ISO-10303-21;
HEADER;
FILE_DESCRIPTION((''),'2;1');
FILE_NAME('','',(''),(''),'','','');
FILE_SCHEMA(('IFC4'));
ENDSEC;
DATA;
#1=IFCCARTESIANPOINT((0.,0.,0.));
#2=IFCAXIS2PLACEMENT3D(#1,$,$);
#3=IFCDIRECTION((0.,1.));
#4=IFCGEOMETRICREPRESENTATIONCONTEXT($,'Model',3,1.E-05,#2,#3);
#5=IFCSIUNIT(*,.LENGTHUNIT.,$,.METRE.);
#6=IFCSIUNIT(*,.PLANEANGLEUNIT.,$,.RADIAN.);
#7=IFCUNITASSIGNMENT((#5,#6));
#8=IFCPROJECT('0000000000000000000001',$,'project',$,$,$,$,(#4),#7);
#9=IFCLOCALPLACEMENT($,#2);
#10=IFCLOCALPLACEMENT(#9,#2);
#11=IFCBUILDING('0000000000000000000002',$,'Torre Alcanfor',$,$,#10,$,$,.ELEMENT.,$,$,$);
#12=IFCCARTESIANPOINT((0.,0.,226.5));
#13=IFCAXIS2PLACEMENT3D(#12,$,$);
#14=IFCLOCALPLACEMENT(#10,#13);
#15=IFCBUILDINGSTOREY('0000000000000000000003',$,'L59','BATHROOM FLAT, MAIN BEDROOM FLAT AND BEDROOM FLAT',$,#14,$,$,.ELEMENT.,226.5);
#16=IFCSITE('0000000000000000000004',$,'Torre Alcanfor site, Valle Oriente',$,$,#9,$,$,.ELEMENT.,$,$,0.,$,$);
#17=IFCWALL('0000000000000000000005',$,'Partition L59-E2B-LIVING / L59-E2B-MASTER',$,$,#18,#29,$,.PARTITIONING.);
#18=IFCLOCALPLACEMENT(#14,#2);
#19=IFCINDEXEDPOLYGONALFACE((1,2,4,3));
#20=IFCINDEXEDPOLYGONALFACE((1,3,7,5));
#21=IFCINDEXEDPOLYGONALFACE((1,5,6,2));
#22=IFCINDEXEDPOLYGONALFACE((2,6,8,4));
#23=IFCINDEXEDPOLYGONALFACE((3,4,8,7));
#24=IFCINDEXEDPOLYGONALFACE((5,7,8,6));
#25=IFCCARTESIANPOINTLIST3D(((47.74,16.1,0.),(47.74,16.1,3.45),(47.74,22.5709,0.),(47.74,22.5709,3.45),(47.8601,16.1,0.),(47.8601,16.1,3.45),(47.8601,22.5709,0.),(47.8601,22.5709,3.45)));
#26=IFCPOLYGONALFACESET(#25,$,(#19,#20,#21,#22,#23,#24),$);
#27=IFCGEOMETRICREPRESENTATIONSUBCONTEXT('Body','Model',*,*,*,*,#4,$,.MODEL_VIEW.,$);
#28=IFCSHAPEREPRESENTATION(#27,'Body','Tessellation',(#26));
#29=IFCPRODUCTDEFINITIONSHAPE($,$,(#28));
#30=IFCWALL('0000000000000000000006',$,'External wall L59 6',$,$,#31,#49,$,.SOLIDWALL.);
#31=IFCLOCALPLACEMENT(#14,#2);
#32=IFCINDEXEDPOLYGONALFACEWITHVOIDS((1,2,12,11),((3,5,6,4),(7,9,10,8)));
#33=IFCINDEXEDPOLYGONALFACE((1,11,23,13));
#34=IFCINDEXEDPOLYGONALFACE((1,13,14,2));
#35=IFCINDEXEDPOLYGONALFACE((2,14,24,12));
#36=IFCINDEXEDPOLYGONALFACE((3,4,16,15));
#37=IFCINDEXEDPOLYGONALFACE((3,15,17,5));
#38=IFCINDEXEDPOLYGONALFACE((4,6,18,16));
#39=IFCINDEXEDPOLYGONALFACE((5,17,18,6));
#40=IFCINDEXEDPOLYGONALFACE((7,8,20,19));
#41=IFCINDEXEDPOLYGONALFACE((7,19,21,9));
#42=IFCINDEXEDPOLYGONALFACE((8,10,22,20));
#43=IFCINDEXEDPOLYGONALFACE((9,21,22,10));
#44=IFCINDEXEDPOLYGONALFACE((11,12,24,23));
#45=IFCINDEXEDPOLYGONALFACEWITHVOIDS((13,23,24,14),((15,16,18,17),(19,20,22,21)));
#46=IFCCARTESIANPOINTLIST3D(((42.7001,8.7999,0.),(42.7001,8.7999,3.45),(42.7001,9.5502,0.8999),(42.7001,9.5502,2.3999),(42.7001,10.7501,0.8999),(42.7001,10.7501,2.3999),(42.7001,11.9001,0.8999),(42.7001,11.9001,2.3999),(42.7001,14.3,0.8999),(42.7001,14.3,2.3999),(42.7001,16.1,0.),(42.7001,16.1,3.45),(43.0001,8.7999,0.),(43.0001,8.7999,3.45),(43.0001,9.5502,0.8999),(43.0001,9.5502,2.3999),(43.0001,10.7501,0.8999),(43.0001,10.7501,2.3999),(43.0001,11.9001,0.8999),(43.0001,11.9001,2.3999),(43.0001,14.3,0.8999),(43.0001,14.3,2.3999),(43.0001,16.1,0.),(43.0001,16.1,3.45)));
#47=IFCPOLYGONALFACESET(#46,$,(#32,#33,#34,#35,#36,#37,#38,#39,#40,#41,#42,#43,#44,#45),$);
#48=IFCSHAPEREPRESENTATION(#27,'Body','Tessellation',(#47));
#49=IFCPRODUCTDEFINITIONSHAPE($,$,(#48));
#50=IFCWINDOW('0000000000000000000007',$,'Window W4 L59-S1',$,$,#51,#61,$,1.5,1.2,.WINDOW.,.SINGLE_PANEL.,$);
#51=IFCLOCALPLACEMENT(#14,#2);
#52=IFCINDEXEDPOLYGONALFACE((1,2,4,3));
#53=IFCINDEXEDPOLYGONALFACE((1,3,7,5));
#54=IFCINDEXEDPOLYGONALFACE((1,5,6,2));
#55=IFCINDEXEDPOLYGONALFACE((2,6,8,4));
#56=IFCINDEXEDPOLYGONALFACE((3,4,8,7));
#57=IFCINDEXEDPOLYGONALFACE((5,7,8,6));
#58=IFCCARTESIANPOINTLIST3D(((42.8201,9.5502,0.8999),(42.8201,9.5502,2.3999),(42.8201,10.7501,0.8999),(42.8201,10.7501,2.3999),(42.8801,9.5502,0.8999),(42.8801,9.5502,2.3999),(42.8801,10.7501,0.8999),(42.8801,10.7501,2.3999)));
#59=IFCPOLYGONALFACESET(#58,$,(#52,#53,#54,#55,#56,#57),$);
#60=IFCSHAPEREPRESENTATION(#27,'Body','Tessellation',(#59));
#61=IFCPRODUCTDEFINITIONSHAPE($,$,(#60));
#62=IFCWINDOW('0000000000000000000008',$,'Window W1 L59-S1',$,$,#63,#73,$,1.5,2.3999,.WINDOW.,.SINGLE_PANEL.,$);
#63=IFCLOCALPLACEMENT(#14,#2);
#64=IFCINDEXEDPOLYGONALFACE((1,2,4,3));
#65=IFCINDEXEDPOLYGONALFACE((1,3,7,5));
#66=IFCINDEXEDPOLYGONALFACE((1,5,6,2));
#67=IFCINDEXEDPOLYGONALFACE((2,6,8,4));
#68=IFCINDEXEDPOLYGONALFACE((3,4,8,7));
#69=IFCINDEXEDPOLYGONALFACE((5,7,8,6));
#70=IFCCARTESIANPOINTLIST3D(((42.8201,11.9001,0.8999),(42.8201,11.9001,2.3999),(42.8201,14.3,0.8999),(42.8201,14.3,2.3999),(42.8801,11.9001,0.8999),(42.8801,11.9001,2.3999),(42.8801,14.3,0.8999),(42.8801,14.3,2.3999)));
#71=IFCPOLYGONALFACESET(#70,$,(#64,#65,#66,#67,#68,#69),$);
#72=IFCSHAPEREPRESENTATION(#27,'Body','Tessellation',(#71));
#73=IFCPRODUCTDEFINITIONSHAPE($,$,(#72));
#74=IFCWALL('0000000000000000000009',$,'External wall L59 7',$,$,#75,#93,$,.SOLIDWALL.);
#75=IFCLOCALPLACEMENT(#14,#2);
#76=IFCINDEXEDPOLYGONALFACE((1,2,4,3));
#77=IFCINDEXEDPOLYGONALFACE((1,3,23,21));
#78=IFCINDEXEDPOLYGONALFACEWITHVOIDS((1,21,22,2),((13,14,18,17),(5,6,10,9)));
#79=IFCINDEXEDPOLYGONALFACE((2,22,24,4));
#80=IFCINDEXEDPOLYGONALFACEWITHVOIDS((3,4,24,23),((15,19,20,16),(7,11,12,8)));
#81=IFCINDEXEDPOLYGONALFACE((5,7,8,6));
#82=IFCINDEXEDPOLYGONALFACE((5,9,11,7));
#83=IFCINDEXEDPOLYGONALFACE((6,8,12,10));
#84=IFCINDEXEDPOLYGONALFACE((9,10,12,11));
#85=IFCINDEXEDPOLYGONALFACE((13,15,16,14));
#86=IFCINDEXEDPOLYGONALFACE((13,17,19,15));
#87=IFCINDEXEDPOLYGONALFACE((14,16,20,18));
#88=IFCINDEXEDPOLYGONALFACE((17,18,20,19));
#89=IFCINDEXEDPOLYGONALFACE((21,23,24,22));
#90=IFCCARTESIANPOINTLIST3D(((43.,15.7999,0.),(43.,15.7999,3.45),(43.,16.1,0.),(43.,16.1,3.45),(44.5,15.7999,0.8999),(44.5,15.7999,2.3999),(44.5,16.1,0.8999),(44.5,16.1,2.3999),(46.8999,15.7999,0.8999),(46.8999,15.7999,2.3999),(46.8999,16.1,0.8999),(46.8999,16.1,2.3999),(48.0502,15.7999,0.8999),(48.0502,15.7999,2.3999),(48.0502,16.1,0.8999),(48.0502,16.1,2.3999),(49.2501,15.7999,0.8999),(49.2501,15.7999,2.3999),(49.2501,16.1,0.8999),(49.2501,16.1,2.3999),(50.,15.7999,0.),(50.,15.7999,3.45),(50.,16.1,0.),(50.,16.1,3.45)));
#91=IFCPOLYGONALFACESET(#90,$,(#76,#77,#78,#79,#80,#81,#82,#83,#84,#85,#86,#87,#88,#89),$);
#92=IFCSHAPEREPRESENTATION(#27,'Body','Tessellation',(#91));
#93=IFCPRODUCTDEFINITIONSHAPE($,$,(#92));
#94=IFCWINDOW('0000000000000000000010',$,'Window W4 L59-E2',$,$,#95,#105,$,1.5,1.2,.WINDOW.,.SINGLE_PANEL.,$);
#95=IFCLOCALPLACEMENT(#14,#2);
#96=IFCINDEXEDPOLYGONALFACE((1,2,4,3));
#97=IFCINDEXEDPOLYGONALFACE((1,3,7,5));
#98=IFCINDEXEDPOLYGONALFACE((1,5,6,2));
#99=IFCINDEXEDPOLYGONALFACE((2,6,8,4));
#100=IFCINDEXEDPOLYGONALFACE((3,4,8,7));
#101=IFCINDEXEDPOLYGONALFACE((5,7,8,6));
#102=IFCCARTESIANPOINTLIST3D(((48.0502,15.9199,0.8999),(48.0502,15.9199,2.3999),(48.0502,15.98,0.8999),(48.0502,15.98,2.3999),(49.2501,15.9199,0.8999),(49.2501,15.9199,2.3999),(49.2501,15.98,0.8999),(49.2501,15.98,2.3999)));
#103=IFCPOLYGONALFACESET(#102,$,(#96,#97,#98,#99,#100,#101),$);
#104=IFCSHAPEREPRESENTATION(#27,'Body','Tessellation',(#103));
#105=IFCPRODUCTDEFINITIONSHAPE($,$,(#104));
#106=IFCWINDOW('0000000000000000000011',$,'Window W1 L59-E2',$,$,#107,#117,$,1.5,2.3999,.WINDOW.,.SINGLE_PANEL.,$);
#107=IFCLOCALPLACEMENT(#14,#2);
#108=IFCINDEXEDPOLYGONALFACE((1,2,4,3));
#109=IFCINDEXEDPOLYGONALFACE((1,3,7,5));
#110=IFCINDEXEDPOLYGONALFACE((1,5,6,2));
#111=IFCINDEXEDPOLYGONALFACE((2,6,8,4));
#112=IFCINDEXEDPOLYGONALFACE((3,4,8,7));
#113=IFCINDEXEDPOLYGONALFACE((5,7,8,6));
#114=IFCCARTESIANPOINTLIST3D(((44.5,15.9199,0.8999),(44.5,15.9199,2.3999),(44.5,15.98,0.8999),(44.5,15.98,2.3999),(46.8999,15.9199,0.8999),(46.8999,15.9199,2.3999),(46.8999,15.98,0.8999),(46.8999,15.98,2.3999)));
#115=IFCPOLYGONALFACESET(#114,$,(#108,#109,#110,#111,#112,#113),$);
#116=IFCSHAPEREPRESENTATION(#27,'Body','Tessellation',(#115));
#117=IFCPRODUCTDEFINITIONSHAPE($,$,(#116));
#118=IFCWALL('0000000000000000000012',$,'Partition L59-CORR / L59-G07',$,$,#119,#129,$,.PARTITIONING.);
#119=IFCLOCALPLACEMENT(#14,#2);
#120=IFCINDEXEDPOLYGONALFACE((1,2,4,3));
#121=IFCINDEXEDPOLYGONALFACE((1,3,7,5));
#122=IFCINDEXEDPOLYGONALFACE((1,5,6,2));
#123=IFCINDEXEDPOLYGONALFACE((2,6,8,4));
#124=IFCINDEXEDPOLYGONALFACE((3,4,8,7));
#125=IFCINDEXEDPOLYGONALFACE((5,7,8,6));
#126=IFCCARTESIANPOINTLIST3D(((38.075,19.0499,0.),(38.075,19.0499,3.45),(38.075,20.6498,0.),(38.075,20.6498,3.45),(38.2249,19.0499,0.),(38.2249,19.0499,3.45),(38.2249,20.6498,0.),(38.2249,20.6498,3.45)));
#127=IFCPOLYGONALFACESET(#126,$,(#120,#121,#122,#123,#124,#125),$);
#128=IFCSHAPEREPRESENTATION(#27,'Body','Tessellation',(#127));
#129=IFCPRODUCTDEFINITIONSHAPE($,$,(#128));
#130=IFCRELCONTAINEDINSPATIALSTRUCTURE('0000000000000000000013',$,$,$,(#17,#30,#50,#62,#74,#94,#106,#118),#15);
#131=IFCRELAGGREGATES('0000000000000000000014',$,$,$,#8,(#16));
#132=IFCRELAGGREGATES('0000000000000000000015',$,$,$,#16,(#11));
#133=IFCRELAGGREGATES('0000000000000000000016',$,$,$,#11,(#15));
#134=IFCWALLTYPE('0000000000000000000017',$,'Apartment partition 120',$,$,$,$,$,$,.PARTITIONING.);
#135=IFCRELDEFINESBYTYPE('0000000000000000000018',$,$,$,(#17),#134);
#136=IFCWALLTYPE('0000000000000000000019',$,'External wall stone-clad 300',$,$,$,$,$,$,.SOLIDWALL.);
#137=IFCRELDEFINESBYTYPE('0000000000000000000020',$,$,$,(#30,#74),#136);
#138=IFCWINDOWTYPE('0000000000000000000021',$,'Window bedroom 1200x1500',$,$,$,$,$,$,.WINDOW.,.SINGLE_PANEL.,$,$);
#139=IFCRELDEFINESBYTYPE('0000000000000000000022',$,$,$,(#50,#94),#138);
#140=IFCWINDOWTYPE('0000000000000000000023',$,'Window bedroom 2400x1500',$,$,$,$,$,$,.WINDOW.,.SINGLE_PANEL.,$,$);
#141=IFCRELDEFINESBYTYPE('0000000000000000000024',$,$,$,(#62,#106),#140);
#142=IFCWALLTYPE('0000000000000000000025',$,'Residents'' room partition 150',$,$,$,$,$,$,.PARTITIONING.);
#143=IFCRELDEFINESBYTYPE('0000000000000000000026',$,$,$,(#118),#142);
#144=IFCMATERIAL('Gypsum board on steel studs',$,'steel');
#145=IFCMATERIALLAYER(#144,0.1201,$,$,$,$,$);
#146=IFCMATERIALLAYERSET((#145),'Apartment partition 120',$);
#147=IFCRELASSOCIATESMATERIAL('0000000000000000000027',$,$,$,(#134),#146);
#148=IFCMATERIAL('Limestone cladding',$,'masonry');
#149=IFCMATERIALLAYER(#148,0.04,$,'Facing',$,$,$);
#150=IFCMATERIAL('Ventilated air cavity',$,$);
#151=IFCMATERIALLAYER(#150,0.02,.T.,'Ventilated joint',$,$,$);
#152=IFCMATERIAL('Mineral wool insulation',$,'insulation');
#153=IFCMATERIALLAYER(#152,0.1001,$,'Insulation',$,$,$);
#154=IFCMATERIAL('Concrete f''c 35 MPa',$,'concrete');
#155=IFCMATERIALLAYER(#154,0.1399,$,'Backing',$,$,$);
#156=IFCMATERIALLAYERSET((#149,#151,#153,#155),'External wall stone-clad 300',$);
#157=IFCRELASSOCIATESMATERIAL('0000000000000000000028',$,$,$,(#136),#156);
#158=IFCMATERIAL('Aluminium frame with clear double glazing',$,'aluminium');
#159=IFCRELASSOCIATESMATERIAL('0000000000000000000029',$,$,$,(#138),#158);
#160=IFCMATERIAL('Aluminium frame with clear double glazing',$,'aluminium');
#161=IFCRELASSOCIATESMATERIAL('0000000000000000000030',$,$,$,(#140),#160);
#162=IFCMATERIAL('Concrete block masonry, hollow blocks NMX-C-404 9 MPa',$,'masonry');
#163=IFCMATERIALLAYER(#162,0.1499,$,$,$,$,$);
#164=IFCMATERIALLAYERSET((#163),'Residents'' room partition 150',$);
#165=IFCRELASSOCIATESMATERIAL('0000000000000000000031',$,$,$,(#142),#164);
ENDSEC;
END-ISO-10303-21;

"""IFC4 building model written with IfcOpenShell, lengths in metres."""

from ifc_helpers import new_model, si_unit, direction, frame, frame_2d, origin, place, context, subcontext, project, spatial, rectangle, extrude, material, layer, layer_set, type_object, element, fill, save


model = new_model("IFC4")

# Units and contexts
model_context = context("Model", 3, precision=1e-05, world=origin(), true_north=direction((0.0, 1.0)))
body_context = subcontext(model_context, "Body", "Model", "MODEL_VIEW")
ifc_project = project(units=[si_unit("LENGTHUNIT", "METRE"), si_unit("PLANEANGLEUNIT", "RADIAN")], contexts=[model_context])

# Site, building, storey
site_placement = place(None, origin())
site = spatial("IfcSite", under=ifc_project, at=site_placement, Name="Torre Alcanfor site, Valle Oriente", CompositionType="ELEMENT", RefElevation=0.0)
building_placement = place(site_placement, origin())
building = spatial("IfcBuilding", under=site, at=building_placement, Name="Torre Alcanfor", CompositionType="ELEMENT")
storey_placement = place(building_placement, frame((0.0, 0.0, 226.5)))
storey = spatial("IfcBuildingStorey", under=building, at=storey_placement, Name="L59", Description="BATHROOM FLAT, MAIN BEDROOM FLAT AND BEDROOM FLAT", CompositionType="ELEMENT", Elevation=226.5)

# Wall
ifc_material_1 = material(Name="Gypsum board on steel studs", Category="steel")
ifc_layer_1 = layer(ifc_material_1, 0.1201)
ifc_layer_set_1 = layer_set([ifc_layer_1], Name="Apartment partition 120")
wall_type_1 = type_object("IfcWallType", Name="Apartment partition 120", PredefinedType="PARTITIONING", material=ifc_layer_set_1)
wall_1_placement = place(storey_placement, frame((47.8, 16.1001, 0.0), z_axis=(0.0, 0.0, 1.0), x_axis=(0.0, 1.0, 0.0)))
element("IfcWall", 1, at=wall_1_placement, inside=storey, type_object=wall_type_1, Name="Partition L59-E2B-LIVING / L59-E2B-MASTER", PredefinedType="PARTITIONING", context=body_context, shape_type="SweptSolid", body=[
    extrude(rectangle(XDim=6.4709, YDim=0.1201, at=frame_2d((3.2354, 0.0))), origin(), (0.0, 0.0, 1.0), 3.45),
])

# Walls, openings, windows
ifc_material_2 = material(Name="Limestone cladding", Category="masonry")
ifc_layer_2 = layer(ifc_material_2, 0.04, Name="Facing")
ifc_material_3 = material(Name="Ventilated air cavity")
ifc_layer_3 = layer(ifc_material_3, 0.02, ventilated=True, Name="Ventilated joint")
ifc_material_4 = material(Name="Mineral wool insulation", Category="insulation")
ifc_layer_4 = layer(ifc_material_4, 0.1001, Name="Insulation")
ifc_material_5 = material(Name="Concrete f'c 35 MPa", Category="concrete")
ifc_layer_5 = layer(ifc_material_5, 0.1399, Name="Backing")
ifc_layer_set_2 = layer_set([ifc_layer_2, ifc_layer_3, ifc_layer_4, ifc_layer_5], Name="External wall stone-clad 300")
wall_type_2 = type_object("IfcWallType", Name="External wall stone-clad 300", PredefinedType="SOLIDWALL", material=ifc_layer_set_2)
wall_2_placement = place(storey_placement, frame((42.8501, 8.8, 0.0), z_axis=(0.0, 0.0, 1.0), x_axis=(0.0, 1.0, 0.0)))
wall_2 = element("IfcWall", 2, at=wall_2_placement, inside=storey, type_object=wall_type_2, Name="External wall L59 6", PredefinedType="SOLIDWALL", context=body_context, shape_type="SweptSolid", body=[
    extrude(rectangle(XDim=7.3, YDim=0.3, at=frame_2d((3.6499, 0.0))), origin(), (0.0, 0.0, 1.0), 3.45),
])
opening_1_placement = place(wall_2_placement, frame((3.1001, 0.0, 0.8999)))
opening_1 = element("IfcOpeningElement", 3, at=opening_1_placement, cuts=wall_2, PredefinedType="OPENING", context=body_context, shape_type="SweptSolid", body=[
    extrude(rectangle(XDim=2.3999, YDim=1.5, at=frame_2d((1.2, 0.75))), frame((0.0, 0.1599, 0.0), z_axis=(0.0, -1.0, 0.0), x_axis=(1.0, 0.0, 0.0)), (0.0, 0.0, 1.0), 0.3201),
])
opening_2_placement = place(wall_2_placement, frame((0.75, 0.0, 0.8999)))
opening_2 = element("IfcOpeningElement", 4, at=opening_2_placement, cuts=wall_2, PredefinedType="OPENING", context=body_context, shape_type="SweptSolid", body=[
    extrude(rectangle(XDim=1.2, YDim=1.5, at=frame_2d((0.6001, 0.75))), frame((0.0, 0.1599, 0.0), z_axis=(0.0, -1.0, 0.0), x_axis=(1.0, 0.0, 0.0)), (0.0, 0.0, 1.0), 0.3201),
])
ifc_material_6 = material(Name="Aluminium frame with clear double glazing", Category="aluminium")
window_type_1 = type_object("IfcWindowType", Name="Window bedroom 1200x1500", PartitioningType="SINGLE_PANEL", PredefinedType="WINDOW", material=ifc_material_6)
window_1_placement = place(opening_2_placement, origin())
window_1 = element("IfcWindow", 5, at=window_1_placement, inside=storey, type_object=window_type_1, Name="Window W4 L59-S1", OverallHeight=1.5, OverallWidth=1.2, PartitioningType="SINGLE_PANEL", PredefinedType="WINDOW", context=body_context, shape_type="SweptSolid", body=[
    extrude(rectangle(XDim=1.2, YDim=1.5, at=frame_2d((0.6001, 0.75))), frame((0.0, 0.03, 0.0), z_axis=(0.0, -1.0, 0.0), x_axis=(1.0, 0.0, 0.0)), (0.0, 0.0, 1.0), 0.0601),
])
fill(opening_2, window_1)
ifc_material_7 = material(Name="Aluminium frame with clear double glazing", Category="aluminium")
window_type_2 = type_object("IfcWindowType", Name="Window bedroom 2400x1500", PartitioningType="SINGLE_PANEL", PredefinedType="WINDOW", material=ifc_material_7)
window_2_placement = place(opening_1_placement, origin())
window_2 = element("IfcWindow", 6, at=window_2_placement, inside=storey, type_object=window_type_2, Name="Window W1 L59-S1", OverallHeight=1.5, OverallWidth=2.3999, PartitioningType="SINGLE_PANEL", PredefinedType="WINDOW", context=body_context, shape_type="SweptSolid", body=[
    extrude(rectangle(XDim=2.3999, YDim=1.5, at=frame_2d((1.2, 0.75))), frame((0.0, 0.03, 0.0), z_axis=(0.0, -1.0, 0.0), x_axis=(1.0, 0.0, 0.0)), (0.0, 0.0, 1.0), 0.0601),
])
fill(opening_1, window_2)
wall_3_placement = place(storey_placement, frame((43.0, 15.95, 0.0), z_axis=(0.0, 0.0, 1.0), x_axis=(1.0, 0.0, 0.0)))
wall_3 = element("IfcWall", 7, at=wall_3_placement, inside=storey, type_object=wall_type_2, Name="External wall L59 7", PredefinedType="SOLIDWALL", context=body_context, shape_type="SweptSolid", body=[
    extrude(rectangle(XDim=7.0, YDim=0.3, at=frame_2d((3.5, 0.0))), origin(), (0.0, 0.0, 1.0), 3.45),
])
opening_3_placement = place(wall_3_placement, frame((1.5, 0.0, 0.8999)))
opening_3 = element("IfcOpeningElement", 8, at=opening_3_placement, cuts=wall_3, PredefinedType="OPENING", context=body_context, shape_type="SweptSolid", body=[
    extrude(rectangle(XDim=2.3999, YDim=1.5, at=frame_2d((1.2, 0.75))), frame((0.0, 0.1599, 0.0), z_axis=(0.0, -1.0, 0.0), x_axis=(1.0, 0.0, 0.0)), (0.0, 0.0, 1.0), 0.3201),
])
opening_4_placement = place(wall_3_placement, frame((5.05, 0.0, 0.8999)))
opening_4 = element("IfcOpeningElement", 9, at=opening_4_placement, cuts=wall_3, PredefinedType="OPENING", context=body_context, shape_type="SweptSolid", body=[
    extrude(rectangle(XDim=1.2, YDim=1.5, at=frame_2d((0.6001, 0.75))), frame((0.0, 0.1599, 0.0), z_axis=(0.0, -1.0, 0.0), x_axis=(1.0, 0.0, 0.0)), (0.0, 0.0, 1.0), 0.3201),
])
window_3_placement = place(opening_4_placement, origin())
window_3 = element("IfcWindow", 10, at=window_3_placement, inside=storey, type_object=window_type_1, Name="Window W4 L59-E2", OverallHeight=1.5, OverallWidth=1.2, PartitioningType="SINGLE_PANEL", PredefinedType="WINDOW", context=body_context, shape_type="SweptSolid", body=[
    extrude(rectangle(XDim=1.2, YDim=1.5, at=frame_2d((0.6001, 0.75))), frame((0.0, 0.03, 0.0), z_axis=(0.0, -1.0, 0.0), x_axis=(1.0, 0.0, 0.0)), (0.0, 0.0, 1.0), 0.0601),
])
fill(opening_4, window_3)
window_4_placement = place(opening_3_placement, origin())
window_4 = element("IfcWindow", 11, at=window_4_placement, inside=storey, type_object=window_type_2, Name="Window W1 L59-E2", OverallHeight=1.5, OverallWidth=2.3999, PartitioningType="SINGLE_PANEL", PredefinedType="WINDOW", context=body_context, shape_type="SweptSolid", body=[
    extrude(rectangle(XDim=2.3999, YDim=1.5, at=frame_2d((1.2, 0.75))), frame((0.0, 0.03, 0.0), z_axis=(0.0, -1.0, 0.0), x_axis=(1.0, 0.0, 0.0)), (0.0, 0.0, 1.0), 0.0601),
])
fill(opening_3, window_4)

# Wall
ifc_material_8 = material(Name="Concrete block masonry, hollow blocks NMX-C-404 9 MPa", Category="masonry")
ifc_layer_6 = layer(ifc_material_8, 0.1499)
ifc_layer_set_3 = layer_set([ifc_layer_6], Name="Residents' room partition 150")
wall_type_3 = type_object("IfcWallType", Name="Residents' room partition 150", PredefinedType="PARTITIONING", material=ifc_layer_set_3)
wall_4_placement = place(storey_placement, frame((38.1499, 19.05, 0.0), z_axis=(0.0, 0.0, 1.0), x_axis=(0.0, 1.0, 0.0)))
element("IfcWall", 12, at=wall_4_placement, inside=storey, type_object=wall_type_3, Name="Partition L59-CORR / L59-G07", PredefinedType="PARTITIONING", context=body_context, shape_type="SweptSolid", body=[
    extrude(rectangle(XDim=1.5999, YDim=0.1499, at=frame_2d((0.7998, 0.0))), origin(), (0.0, 0.0, 1.0), 3.45),
])

save(model, "model.ifc")
